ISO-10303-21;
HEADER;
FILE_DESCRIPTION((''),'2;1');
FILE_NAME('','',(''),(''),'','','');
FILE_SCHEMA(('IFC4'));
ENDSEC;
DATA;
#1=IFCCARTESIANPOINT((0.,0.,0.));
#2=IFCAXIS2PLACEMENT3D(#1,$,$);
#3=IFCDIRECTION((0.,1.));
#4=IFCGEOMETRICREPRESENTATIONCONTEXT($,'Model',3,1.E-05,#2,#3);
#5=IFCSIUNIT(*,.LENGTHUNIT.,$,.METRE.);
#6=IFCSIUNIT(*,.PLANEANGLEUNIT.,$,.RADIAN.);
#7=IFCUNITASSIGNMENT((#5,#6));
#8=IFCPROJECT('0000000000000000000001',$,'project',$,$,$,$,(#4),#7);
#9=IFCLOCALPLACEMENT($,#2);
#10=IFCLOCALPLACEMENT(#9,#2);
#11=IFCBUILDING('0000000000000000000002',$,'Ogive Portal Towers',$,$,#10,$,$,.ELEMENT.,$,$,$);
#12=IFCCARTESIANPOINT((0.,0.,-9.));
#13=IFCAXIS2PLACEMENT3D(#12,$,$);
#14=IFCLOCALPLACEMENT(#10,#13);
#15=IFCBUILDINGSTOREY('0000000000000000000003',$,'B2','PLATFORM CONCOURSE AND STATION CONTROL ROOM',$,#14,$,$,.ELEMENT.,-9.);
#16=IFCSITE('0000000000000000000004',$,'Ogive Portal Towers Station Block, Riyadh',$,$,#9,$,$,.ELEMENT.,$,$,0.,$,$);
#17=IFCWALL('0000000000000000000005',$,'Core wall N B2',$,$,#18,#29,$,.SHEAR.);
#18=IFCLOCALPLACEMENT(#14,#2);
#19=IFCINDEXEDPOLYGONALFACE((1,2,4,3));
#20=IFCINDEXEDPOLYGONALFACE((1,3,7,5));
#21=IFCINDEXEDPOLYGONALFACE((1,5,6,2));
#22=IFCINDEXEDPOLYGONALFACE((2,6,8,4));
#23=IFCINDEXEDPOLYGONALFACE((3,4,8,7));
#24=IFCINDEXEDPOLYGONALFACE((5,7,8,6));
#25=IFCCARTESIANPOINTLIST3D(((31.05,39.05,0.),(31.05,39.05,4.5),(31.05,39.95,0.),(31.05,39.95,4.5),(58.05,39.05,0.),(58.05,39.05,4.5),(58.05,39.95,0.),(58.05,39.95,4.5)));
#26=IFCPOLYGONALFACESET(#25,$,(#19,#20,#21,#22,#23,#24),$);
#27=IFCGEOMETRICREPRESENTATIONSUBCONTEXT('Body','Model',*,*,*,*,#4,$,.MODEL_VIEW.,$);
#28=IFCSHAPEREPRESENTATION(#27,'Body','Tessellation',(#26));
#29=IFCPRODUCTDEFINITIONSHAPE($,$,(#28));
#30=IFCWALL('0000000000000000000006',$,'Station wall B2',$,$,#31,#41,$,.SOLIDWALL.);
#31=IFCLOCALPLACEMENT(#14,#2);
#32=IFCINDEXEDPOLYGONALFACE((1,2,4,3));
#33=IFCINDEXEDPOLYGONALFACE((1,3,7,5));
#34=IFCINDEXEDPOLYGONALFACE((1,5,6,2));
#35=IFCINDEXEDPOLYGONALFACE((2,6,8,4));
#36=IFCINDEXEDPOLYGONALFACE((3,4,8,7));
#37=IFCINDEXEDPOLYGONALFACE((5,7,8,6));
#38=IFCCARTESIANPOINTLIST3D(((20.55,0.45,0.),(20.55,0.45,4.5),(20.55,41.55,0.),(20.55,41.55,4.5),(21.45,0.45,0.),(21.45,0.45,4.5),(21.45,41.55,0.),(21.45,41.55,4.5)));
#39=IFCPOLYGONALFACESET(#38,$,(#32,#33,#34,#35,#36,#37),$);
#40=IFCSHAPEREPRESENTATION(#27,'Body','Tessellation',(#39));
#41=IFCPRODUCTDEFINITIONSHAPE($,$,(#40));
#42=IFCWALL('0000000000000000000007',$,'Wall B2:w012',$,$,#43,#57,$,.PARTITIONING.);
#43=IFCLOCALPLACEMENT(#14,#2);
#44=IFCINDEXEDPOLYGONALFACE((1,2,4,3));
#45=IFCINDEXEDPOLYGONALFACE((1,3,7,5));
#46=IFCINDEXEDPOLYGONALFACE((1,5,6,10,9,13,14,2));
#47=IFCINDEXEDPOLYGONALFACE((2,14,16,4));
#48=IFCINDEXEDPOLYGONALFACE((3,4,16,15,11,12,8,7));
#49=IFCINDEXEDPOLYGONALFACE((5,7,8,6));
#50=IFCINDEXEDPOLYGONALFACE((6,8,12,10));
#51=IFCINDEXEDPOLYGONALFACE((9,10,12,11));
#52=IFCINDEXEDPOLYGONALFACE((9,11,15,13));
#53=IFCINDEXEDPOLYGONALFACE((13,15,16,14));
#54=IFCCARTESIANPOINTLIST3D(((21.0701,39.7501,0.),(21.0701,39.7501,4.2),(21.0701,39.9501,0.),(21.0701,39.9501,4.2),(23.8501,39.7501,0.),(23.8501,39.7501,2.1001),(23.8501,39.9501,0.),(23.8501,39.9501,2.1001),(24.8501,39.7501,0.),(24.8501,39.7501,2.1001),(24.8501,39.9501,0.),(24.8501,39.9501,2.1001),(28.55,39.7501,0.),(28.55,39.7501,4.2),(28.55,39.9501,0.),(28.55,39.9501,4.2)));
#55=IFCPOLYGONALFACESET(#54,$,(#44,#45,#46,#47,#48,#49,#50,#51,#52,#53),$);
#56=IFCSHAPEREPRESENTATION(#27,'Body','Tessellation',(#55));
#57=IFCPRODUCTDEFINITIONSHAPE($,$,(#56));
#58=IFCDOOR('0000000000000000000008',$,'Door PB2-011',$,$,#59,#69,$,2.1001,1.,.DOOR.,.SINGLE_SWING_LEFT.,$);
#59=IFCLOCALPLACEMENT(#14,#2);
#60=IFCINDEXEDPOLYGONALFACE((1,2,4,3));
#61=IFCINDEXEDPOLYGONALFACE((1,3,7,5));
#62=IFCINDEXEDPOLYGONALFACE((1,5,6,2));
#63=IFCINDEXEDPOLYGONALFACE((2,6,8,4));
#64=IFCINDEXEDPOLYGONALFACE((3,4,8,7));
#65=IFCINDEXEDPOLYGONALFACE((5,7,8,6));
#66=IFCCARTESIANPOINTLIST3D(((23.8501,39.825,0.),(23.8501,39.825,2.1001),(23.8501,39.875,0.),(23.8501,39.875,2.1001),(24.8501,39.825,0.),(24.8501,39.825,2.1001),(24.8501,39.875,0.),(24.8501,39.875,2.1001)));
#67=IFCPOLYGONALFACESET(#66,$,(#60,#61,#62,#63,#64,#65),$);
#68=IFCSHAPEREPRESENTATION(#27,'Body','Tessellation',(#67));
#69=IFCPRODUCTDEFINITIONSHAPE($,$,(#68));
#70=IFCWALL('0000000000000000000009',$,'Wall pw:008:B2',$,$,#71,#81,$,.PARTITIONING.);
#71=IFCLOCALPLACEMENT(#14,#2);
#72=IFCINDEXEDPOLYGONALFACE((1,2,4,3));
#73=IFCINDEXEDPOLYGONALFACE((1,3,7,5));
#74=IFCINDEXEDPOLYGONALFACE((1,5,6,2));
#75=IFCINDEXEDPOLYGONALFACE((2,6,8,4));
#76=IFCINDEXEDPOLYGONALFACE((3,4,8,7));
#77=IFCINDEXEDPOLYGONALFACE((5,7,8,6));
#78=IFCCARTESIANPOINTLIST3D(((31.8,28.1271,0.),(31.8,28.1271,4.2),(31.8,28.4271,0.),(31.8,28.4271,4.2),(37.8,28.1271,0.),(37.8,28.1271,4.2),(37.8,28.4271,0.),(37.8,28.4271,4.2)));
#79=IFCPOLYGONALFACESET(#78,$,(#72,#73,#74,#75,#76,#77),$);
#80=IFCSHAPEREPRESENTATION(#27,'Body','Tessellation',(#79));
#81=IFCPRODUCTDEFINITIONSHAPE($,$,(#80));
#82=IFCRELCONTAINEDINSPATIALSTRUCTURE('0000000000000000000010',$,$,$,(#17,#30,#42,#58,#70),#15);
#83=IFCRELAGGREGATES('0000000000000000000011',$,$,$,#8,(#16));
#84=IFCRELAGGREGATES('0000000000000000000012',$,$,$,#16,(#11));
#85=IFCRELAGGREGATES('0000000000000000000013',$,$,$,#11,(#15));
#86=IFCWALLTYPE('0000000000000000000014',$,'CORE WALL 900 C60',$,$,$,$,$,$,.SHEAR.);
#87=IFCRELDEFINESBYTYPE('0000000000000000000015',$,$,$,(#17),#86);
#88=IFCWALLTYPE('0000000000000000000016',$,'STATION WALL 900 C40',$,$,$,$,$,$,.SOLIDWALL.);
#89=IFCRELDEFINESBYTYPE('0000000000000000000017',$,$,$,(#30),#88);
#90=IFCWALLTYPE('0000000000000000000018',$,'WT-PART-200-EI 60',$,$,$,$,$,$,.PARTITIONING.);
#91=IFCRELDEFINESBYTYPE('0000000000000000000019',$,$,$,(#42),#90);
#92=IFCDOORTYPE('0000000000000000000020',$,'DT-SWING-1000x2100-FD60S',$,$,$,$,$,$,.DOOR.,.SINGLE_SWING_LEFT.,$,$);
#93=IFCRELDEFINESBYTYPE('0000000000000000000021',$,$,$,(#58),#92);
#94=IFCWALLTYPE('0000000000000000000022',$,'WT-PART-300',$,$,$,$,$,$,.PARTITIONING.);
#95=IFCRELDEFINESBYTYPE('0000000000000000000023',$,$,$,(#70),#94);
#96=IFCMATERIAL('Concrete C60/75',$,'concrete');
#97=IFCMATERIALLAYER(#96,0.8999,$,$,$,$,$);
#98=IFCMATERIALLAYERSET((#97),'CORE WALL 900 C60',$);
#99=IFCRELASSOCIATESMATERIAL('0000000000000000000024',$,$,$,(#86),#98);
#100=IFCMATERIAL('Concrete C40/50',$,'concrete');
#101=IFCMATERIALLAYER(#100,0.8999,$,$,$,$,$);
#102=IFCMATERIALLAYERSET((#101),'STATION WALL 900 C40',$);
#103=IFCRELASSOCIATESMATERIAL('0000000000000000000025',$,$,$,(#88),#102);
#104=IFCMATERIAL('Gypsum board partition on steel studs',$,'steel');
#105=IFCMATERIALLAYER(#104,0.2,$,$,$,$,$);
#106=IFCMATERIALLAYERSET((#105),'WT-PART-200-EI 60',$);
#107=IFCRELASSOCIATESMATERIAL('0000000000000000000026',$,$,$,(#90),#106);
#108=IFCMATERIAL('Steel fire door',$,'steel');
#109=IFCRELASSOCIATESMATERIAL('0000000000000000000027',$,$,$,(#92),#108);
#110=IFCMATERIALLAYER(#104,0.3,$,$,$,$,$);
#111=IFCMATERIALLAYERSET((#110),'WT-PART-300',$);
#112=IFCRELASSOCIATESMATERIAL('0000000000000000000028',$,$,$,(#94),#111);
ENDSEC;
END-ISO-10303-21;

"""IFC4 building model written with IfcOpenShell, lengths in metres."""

from ifc_helpers import new_model, si_unit, direction, frame, frame_2d, origin, place, context, subcontext, project, spatial, rectangle, extrude, material, layer, layer_set, type_object, element, fill, save


model = new_model("IFC4")

# Units and contexts
model_context = context("Model", 3, precision=1e-05, world=origin(), true_north=direction((0.0, 1.0)))
body_context = subcontext(model_context, "Body", "Model", "MODEL_VIEW")
ifc_project = project(units=[si_unit("LENGTHUNIT", "METRE"), si_unit("PLANEANGLEUNIT", "RADIAN")], contexts=[model_context])

# Site, building, storey
site_placement = place(None, origin())
site = spatial("IfcSite", under=ifc_project, at=site_placement, Name="Ogive Portal Towers Station Block, Riyadh", CompositionType="ELEMENT", RefElevation=0.0)
building_placement = place(site_placement, origin())
building = spatial("IfcBuilding", under=site, at=building_placement, Name="Ogive Portal Towers", CompositionType="ELEMENT")
storey_placement = place(building_placement, frame((0.0, 0.0, -9.0)))
storey = spatial("IfcBuildingStorey", under=building, at=storey_placement, Name="B2", Description="PLATFORM CONCOURSE AND STATION CONTROL ROOM", CompositionType="ELEMENT", Elevation=-9.0)

# Shared definitions
ifc_material_1 = material(Name="Concrete C40/50", Category="concrete")

# Shared definitions
ifc_material_2 = material(Name="Concrete C60/75", Category="concrete")
ifc_material_3 = material(Name="Steel fire door", Category="steel")

# Walls
ifc_layer_1 = layer(ifc_material_2, 0.8999)
ifc_layer_set_1 = layer_set([ifc_layer_1], Name="CORE WALL 900 C60")
wall_type_1 = type_object("IfcWallType", Name="CORE WALL 900 C60", PredefinedType="SHEAR", material=ifc_layer_set_1)
wall_1_placement = place(storey_placement, frame((31.05, 39.5, 0.0), z_axis=(0.0, 0.0, 1.0), x_axis=(1.0, 0.0, 0.0)))
element("IfcWall", 1, at=wall_1_placement, inside=storey, type_object=wall_type_1, Name="Core wall N B2", PredefinedType="SHEAR", context=body_context, shape_type="SweptSolid", body=[
    extrude(rectangle(XDim=27.0, YDim=0.8999, at=frame_2d((13.5, 0.0))), origin(), (0.0, 0.0, 1.0), 4.5),
])
ifc_layer_2 = layer(ifc_material_1, 0.8999)
ifc_layer_set_2 = layer_set([ifc_layer_2], Name="STATION WALL 900 C40")
wall_type_2 = type_object("IfcWallType", Name="STATION WALL 900 C40", PredefinedType="SOLIDWALL", material=ifc_layer_set_2)
wall_2_placement = place(storey_placement, frame((21.0, 41.55, 0.0), z_axis=(0.0, 0.0, 1.0), x_axis=(0.0, -1.0, 0.0)))
element("IfcWall", 2, at=wall_2_placement, inside=storey, type_object=wall_type_2, Name="Station wall B2", PredefinedType="SOLIDWALL", context=body_context, shape_type="SweptSolid", body=[
    extrude(rectangle(XDim=41.1001, YDim=0.8999, at=frame_2d((20.55, 0.0))), origin(), (0.0, 0.0, 1.0), 4.5),
])

# Wall, opening, door
ifc_material_4 = material(Name="Gypsum board partition on steel studs", Category="steel")
ifc_layer_3 = layer(ifc_material_4, 0.2)
ifc_layer_set_3 = layer_set([ifc_layer_3], Name="WT-PART-200-EI 60")
wall_type_3 = type_object("IfcWallType", Name="WT-PART-200-EI 60", PredefinedType="PARTITIONING", material=ifc_layer_set_3)
wall_3_placement = place(storey_placement, frame((21.0701, 39.8501, 0.0), z_axis=(0.0, 0.0, 1.0), x_axis=(1.0, 0.0, 0.0)))
wall_3 = element("IfcWall", 3, at=wall_3_placement, inside=storey, type_object=wall_type_3, Name="Wall B2:w012", PredefinedType="PARTITIONING", context=body_context, shape_type="SweptSolid", body=[
    extrude(rectangle(XDim=7.48, YDim=0.2, at=frame_2d((3.74, 0.0))), origin(), (0.0, 0.0, 1.0), 4.2),
])
opening_1_placement = place(wall_3_placement, frame((2.78, 0.0, 0.0)))
opening_1 = element("IfcOpeningElement", 4, at=opening_1_placement, cuts=wall_3, PredefinedType="OPENING", context=body_context, shape_type="SweptSolid", body=[
    extrude(rectangle(XDim=1.0, YDim=2.1001, at=frame_2d((0.5, 1.05))), frame((0.0, 0.1099, 0.0), z_axis=(0.0, -1.0, 0.0), x_axis=(1.0, 0.0, 0.0)), (0.0, 0.0, 1.0), 0.22),
])
door_type_1 = type_object("IfcDoorType", Name="DT-SWING-1000x2100-FD60S", OperationType="SINGLE_SWING_LEFT", PredefinedType="DOOR", material=ifc_material_3)
door_1_placement = place(opening_1_placement, origin())
door_1 = element("IfcDoor", 5, at=door_1_placement, inside=storey, type_object=door_type_1, Name="Door PB2-011", OperationType="SINGLE_SWING_LEFT", OverallHeight=2.1001, OverallWidth=1.0, PredefinedType="DOOR", context=body_context, shape_type="SweptSolid", body=[
    extrude(rectangle(XDim=1.0, YDim=2.1001, at=frame_2d((0.5, 1.05))), frame((0.0, 0.0249, 0.0), z_axis=(0.0, -1.0, 0.0), x_axis=(1.0, 0.0, 0.0)), (0.0, 0.0, 1.0), 0.05),
])
fill(opening_1, door_1)

# Wall
ifc_layer_4 = layer(ifc_material_4, 0.3)
ifc_layer_set_4 = layer_set([ifc_layer_4], Name="WT-PART-300")
wall_type_4 = type_object("IfcWallType", Name="WT-PART-300", PredefinedType="PARTITIONING", material=ifc_layer_set_4)
wall_4_placement = place(storey_placement, frame((31.8, 28.2771, 0.0), z_axis=(0.0, 0.0, 1.0), x_axis=(1.0, 0.0, 0.0)))
element("IfcWall", 6, at=wall_4_placement, inside=storey, type_object=wall_type_4, Name="Wall pw:008:B2", PredefinedType="PARTITIONING", context=body_context, shape_type="SweptSolid", body=[
    extrude(rectangle(XDim=6.0, YDim=0.3, at=frame_2d((3.0, 0.0))), origin(), (0.0, 0.0, 1.0), 4.2),
])

save(model, "model.ifc")
